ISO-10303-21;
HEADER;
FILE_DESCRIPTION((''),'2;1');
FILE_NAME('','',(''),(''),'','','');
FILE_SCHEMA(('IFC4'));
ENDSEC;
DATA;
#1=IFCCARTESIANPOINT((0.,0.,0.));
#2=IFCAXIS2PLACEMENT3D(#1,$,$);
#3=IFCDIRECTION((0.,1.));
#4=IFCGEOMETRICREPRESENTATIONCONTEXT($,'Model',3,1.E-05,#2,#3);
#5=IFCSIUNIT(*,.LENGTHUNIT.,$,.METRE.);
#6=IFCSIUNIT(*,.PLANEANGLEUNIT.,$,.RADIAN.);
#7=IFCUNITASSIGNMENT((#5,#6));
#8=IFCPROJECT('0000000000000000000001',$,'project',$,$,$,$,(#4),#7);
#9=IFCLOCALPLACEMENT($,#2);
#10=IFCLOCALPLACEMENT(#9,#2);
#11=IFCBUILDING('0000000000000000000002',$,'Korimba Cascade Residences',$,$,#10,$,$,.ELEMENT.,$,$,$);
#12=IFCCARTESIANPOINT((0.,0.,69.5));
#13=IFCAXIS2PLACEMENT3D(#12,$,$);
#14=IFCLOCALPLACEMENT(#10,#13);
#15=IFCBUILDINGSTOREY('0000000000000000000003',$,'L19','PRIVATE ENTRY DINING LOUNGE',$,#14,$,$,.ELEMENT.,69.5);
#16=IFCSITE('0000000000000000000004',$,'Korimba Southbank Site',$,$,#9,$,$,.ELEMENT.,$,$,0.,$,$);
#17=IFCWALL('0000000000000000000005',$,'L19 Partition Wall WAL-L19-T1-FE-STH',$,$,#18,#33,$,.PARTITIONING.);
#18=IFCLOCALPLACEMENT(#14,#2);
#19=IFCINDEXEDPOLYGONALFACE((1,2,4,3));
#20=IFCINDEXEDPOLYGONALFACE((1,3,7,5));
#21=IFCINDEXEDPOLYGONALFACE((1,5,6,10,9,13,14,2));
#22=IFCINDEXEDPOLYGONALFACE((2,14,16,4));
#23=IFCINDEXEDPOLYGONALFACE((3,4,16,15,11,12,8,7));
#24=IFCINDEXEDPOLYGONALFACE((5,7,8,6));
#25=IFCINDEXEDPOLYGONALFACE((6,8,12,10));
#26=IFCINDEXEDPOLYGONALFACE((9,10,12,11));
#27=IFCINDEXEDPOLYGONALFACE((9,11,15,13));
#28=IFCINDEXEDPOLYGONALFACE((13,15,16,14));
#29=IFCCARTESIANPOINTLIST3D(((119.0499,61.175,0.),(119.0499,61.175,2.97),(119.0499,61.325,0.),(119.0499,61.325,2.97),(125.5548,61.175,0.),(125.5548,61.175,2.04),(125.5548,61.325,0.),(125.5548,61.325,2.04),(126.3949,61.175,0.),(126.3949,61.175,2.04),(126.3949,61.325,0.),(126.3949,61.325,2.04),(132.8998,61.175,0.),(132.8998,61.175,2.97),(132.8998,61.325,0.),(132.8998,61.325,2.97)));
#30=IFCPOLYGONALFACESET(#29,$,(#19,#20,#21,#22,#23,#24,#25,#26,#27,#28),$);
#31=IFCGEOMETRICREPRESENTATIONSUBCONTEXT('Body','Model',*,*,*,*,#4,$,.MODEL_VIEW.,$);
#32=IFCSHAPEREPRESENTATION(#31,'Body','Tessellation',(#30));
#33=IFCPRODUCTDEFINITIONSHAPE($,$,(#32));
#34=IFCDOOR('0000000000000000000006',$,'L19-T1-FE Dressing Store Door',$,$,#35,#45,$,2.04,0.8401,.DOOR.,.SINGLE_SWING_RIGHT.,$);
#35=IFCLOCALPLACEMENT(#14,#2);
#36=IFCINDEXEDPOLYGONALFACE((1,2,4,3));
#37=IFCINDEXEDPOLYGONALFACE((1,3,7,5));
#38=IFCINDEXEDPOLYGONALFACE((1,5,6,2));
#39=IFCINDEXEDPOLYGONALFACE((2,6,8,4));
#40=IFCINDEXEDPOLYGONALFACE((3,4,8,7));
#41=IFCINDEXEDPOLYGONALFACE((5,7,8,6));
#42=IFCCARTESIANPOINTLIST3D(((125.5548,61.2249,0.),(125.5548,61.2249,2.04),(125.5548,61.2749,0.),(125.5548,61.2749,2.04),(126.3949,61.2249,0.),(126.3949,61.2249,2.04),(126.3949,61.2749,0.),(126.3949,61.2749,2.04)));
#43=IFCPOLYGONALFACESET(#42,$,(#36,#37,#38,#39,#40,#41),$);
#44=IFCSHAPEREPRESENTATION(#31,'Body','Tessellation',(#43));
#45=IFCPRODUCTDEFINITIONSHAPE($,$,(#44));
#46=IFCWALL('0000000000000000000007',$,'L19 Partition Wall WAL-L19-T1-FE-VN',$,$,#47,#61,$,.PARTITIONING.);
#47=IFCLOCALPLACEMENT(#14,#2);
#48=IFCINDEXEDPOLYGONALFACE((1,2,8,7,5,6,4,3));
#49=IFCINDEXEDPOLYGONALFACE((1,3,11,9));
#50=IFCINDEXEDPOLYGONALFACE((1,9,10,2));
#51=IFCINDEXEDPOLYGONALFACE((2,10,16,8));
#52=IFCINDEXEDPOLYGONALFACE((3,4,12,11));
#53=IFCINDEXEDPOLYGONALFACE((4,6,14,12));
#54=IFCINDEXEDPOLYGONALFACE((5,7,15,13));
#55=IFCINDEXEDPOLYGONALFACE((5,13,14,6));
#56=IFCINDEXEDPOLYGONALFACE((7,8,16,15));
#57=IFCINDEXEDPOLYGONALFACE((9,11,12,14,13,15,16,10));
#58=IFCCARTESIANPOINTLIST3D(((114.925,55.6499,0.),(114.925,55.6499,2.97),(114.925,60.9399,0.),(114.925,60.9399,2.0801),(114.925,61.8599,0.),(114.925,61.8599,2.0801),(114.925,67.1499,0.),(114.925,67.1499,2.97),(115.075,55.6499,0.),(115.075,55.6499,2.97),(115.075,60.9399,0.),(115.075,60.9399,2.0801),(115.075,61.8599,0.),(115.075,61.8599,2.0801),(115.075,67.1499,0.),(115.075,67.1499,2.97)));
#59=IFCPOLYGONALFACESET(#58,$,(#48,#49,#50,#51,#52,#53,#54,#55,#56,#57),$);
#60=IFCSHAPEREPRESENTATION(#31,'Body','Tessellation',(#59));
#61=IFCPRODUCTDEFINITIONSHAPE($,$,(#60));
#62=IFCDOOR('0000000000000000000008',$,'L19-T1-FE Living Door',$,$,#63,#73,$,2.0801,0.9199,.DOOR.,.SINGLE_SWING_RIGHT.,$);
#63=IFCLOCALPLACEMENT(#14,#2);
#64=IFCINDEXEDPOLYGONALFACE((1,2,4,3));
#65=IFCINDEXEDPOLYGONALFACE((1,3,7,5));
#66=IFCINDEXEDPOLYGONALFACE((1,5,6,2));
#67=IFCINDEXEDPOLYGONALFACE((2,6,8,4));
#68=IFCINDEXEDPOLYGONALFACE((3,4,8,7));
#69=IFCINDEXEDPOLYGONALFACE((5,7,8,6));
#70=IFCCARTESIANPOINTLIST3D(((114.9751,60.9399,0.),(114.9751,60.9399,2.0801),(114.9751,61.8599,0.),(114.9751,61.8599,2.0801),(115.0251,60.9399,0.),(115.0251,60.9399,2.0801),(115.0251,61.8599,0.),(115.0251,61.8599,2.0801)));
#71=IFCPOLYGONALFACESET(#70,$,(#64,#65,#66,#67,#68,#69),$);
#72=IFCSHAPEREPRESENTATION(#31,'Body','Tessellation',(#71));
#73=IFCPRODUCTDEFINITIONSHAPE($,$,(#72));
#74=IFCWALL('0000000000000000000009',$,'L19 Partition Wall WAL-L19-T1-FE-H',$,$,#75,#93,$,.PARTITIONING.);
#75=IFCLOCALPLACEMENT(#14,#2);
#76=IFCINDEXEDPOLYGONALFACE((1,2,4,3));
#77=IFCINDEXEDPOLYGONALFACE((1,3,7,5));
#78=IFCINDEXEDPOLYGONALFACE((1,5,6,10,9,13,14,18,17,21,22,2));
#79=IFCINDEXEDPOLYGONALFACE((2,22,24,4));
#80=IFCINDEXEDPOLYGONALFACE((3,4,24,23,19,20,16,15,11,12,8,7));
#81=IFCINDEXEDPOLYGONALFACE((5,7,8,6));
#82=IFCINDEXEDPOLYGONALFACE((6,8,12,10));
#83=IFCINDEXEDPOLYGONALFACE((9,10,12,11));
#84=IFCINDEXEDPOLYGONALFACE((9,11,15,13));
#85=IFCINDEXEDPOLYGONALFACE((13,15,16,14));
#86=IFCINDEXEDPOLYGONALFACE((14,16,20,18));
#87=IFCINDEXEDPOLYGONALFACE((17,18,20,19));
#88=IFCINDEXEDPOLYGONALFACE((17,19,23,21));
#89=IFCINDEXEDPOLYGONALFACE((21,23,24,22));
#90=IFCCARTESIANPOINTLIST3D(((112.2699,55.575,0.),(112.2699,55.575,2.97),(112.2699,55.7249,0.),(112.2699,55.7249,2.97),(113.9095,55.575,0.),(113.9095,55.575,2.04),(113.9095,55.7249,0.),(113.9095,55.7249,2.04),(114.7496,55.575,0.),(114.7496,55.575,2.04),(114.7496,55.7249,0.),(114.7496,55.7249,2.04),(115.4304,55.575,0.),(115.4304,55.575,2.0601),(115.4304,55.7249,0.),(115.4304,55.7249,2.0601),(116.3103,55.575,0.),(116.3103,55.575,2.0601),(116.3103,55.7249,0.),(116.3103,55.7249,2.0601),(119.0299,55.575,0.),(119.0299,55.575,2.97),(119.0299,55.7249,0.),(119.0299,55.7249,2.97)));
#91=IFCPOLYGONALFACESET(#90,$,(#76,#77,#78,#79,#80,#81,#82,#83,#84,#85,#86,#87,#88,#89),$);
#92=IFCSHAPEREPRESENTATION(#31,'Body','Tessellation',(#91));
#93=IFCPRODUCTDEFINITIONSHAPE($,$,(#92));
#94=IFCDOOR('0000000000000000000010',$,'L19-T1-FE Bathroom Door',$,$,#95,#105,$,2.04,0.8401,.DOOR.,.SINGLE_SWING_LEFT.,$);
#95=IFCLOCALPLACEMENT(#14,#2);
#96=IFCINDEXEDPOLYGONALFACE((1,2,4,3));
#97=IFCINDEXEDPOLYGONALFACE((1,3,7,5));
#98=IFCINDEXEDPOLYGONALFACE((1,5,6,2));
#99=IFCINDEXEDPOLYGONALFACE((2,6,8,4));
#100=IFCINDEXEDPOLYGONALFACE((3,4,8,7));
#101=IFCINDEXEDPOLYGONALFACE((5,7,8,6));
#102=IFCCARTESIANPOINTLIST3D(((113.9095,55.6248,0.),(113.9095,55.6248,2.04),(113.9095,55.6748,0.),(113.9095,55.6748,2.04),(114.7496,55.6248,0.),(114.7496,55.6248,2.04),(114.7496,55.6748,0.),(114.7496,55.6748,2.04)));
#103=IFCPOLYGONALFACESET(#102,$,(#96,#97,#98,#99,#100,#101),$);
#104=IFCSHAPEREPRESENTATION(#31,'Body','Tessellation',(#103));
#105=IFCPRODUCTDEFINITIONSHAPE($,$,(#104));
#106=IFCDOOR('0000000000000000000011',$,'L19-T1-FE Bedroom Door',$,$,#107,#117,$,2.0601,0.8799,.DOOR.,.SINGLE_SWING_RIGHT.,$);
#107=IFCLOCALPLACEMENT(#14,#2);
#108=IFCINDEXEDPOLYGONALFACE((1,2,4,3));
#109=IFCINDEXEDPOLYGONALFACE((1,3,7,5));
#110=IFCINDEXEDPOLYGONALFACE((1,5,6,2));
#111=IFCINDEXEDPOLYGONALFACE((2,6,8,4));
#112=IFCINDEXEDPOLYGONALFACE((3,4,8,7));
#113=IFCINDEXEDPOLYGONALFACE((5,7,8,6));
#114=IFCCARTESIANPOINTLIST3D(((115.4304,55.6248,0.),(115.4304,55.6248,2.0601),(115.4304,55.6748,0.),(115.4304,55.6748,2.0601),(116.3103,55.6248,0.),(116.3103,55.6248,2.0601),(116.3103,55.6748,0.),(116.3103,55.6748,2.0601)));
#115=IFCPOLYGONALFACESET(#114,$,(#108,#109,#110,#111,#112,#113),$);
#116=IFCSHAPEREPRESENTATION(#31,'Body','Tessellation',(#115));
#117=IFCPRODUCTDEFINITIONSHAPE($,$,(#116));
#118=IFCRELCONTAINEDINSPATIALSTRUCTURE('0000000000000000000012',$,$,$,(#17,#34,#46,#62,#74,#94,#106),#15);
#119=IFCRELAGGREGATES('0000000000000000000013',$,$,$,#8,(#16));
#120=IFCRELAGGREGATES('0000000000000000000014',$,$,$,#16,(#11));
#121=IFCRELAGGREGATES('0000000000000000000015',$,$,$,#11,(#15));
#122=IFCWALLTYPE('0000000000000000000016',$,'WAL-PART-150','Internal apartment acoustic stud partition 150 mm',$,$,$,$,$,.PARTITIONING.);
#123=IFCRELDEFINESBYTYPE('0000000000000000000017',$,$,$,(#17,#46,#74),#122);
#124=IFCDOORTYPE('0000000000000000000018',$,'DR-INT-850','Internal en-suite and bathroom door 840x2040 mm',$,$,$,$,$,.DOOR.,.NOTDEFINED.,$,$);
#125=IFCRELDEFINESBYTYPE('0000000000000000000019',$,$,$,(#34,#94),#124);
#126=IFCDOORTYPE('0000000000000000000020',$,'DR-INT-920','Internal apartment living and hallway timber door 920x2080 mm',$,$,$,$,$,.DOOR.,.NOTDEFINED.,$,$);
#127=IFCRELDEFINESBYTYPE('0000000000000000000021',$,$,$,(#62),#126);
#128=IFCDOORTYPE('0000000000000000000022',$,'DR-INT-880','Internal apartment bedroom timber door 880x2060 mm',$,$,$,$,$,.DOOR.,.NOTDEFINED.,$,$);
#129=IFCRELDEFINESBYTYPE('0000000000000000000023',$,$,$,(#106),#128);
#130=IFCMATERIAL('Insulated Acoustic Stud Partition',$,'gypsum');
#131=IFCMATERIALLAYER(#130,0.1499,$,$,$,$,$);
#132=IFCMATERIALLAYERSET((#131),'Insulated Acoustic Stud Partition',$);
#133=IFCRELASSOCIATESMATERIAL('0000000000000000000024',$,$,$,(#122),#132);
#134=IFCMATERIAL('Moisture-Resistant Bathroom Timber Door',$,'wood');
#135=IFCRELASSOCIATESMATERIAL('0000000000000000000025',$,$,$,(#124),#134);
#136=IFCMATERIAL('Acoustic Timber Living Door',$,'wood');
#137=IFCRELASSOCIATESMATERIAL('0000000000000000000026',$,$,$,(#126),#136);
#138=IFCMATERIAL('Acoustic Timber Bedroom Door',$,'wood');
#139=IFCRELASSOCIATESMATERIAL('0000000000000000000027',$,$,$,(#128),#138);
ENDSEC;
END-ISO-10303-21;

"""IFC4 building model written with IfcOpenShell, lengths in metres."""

from ifc_helpers import new_model, si_unit, direction, frame, frame_2d, origin, place, context, subcontext, project, spatial, rectangle, extrude, material, layer, layer_set, type_object, element, fill, save


model = new_model("IFC4")

# Units and contexts
model_context = context("Model", 3, precision=1e-05, world=origin(), true_north=direction((0.0, 1.0)))
body_context = subcontext(model_context, "Body", "Model", "MODEL_VIEW")
ifc_project = project(units=[si_unit("LENGTHUNIT", "METRE"), si_unit("PLANEANGLEUNIT", "RADIAN")], contexts=[model_context])

# Site, building, storey
site_placement = place(None, origin())
site = spatial("IfcSite", under=ifc_project, at=site_placement, Name="Korimba Southbank Site", CompositionType="ELEMENT", RefElevation=0.0)
building_placement = place(site_placement, origin())
building = spatial("IfcBuilding", under=site, at=building_placement, Name="Korimba Cascade Residences", CompositionType="ELEMENT")
storey_placement = place(building_placement, frame((0.0, 0.0, 69.5)))
storey = spatial("IfcBuildingStorey", under=building, at=storey_placement, Name="L19", Description="PRIVATE ENTRY DINING LOUNGE", CompositionType="ELEMENT", Elevation=69.5)

# Walls, openings, doors
ifc_material_1 = material(Name="Insulated Acoustic Stud Partition", Category="gypsum")
ifc_layer_1 = layer(ifc_material_1, 0.1499)
ifc_layer_set_1 = layer_set([ifc_layer_1], Name="Insulated Acoustic Stud Partition")
wall_type_1 = type_object("IfcWallType", Name="WAL-PART-150", Description="Internal apartment acoustic stud partition 150 mm", PredefinedType="PARTITIONING", material=ifc_layer_set_1)
wall_1_placement = place(storey_placement, frame((119.05, 61.25, 0.0), z_axis=(0.0, 0.0, 1.0), x_axis=(1.0, 0.0, 0.0)))
wall_1 = element("IfcWall", 1, at=wall_1_placement, inside=storey, type_object=wall_type_1, Name="L19 Partition Wall WAL-L19-T1-FE-STH", PredefinedType="PARTITIONING", context=body_context, shape_type="SweptSolid", body=[
    extrude(rectangle(XDim=13.8499, YDim=0.1499, at=frame_2d((6.9248, 0.0))), origin(), (0.0, 0.0, 1.0), 2.97),
])
opening_1_placement = place(wall_1_placement, frame((6.5049, 0.0, 0.0)))
opening_1 = element("IfcOpeningElement", 2, at=opening_1_placement, cuts=wall_1, PredefinedType="OPENING", context=body_context, shape_type="SweptSolid", body=[
    extrude(rectangle(XDim=0.8401, YDim=2.04, at=frame_2d((0.4199, 1.02))), frame((0.0, 0.085, 0.0), z_axis=(0.0, -1.0, 0.0), x_axis=(1.0, 0.0, 0.0)), (0.0, 0.0, 1.0), 0.1699),
])
ifc_material_2 = material(Name="Moisture-Resistant Bathroom Timber Door", Category="wood")
door_type_1 = type_object("IfcDoorType", Name="DR-INT-850", Description="Internal en-suite and bathroom door 840x2040 mm", OperationType="NOTDEFINED", PredefinedType="DOOR", material=ifc_material_2)
door_1_placement = place(opening_1_placement, origin())
door_1 = element("IfcDoor", 3, at=door_1_placement, inside=storey, type_object=door_type_1, Name="L19-T1-FE Dressing Store Door", OperationType="SINGLE_SWING_RIGHT", OverallHeight=2.04, OverallWidth=0.8401, PredefinedType="DOOR", context=body_context, shape_type="SweptSolid", body=[
    extrude(rectangle(XDim=0.8401, YDim=2.04, at=frame_2d((0.4199, 1.02))), frame((0.0, 0.0249, 0.0), z_axis=(0.0, -1.0, 0.0), x_axis=(1.0, 0.0, 0.0)), (0.0, 0.0, 1.0), 0.05),
])
fill(opening_1, door_1)
wall_2_placement = place(storey_placement, frame((115.0, 55.6499, 0.0), z_axis=(0.0, 0.0, 1.0), x_axis=(0.0, 1.0, 0.0)))
wall_2 = element("IfcWall", 4, at=wall_2_placement, inside=storey, type_object=wall_type_1, Name="L19 Partition Wall WAL-L19-T1-FE-VN", PredefinedType="PARTITIONING", context=body_context, shape_type="SweptSolid", body=[
    extrude(rectangle(XDim=11.5, YDim=0.1499, at=frame_2d((5.75, 0.0))), origin(), (0.0, 0.0, 1.0), 2.97),
])
opening_2_placement = place(wall_2_placement, frame((5.29, 0.0, 0.0)))
opening_2 = element("IfcOpeningElement", 5, at=opening_2_placement, cuts=wall_2, PredefinedType="OPENING", context=body_context, shape_type="SweptSolid", body=[
    extrude(rectangle(XDim=0.9199, YDim=2.0801, at=frame_2d((0.46, 1.04))), frame((0.0, 0.085, 0.0), z_axis=(0.0, -1.0, 0.0), x_axis=(1.0, 0.0, 0.0)), (0.0, 0.0, 1.0), 0.1699),
])
ifc_material_3 = material(Name="Acoustic Timber Living Door", Category="wood")
door_type_2 = type_object("IfcDoorType", Name="DR-INT-920", Description="Internal apartment living and hallway timber door 920x2080 mm", OperationType="NOTDEFINED", PredefinedType="DOOR", material=ifc_material_3)
door_2_placement = place(opening_2_placement, origin())
door_2 = element("IfcDoor", 6, at=door_2_placement, inside=storey, type_object=door_type_2, Name="L19-T1-FE Living Door", OperationType="SINGLE_SWING_RIGHT", OverallHeight=2.0801, OverallWidth=0.9199, PredefinedType="DOOR", context=body_context, shape_type="SweptSolid", body=[
    extrude(rectangle(XDim=0.9199, YDim=2.0801, at=frame_2d((0.46, 1.04))), frame((0.0, 0.0249, 0.0), z_axis=(0.0, -1.0, 0.0), x_axis=(1.0, 0.0, 0.0)), (0.0, 0.0, 1.0), 0.05),
])
fill(opening_2, door_2)

# Wall, openings, doors
wall_3_placement = place(storey_placement, frame((112.27, 55.6499, 0.0), z_axis=(0.0, 0.0, 1.0), x_axis=(1.0, 0.0, 0.0)))
wall_3 = element("IfcWall", 7, at=wall_3_placement, inside=storey, type_object=wall_type_1, Name="L19 Partition Wall WAL-L19-T1-FE-H", PredefinedType="PARTITIONING", context=body_context, shape_type="SweptSolid", body=[
    extrude(rectangle(XDim=6.76, YDim=0.1499, at=frame_2d((3.3799, 0.0))), origin(), (0.0, 0.0, 1.0), 2.97),
])
opening_3_placement = place(wall_3_placement, frame((1.6396, 0.0, 0.0)))
opening_3 = element("IfcOpeningElement", 8, at=opening_3_placement, cuts=wall_3, PredefinedType="OPENING", context=body_context, shape_type="SweptSolid", body=[
    extrude(rectangle(XDim=0.8401, YDim=2.04, at=frame_2d((0.4199, 1.02))), frame((0.0, 0.085, 0.0), z_axis=(0.0, -1.0, 0.0), x_axis=(1.0, 0.0, 0.0)), (0.0, 0.0, 1.0), 0.1699),
])
opening_4_placement = place(wall_3_placement, frame((3.1604, 0.0, 0.0)))
opening_4 = element("IfcOpeningElement", 9, at=opening_4_placement, cuts=wall_3, PredefinedType="OPENING", context=body_context, shape_type="SweptSolid", body=[
    extrude(rectangle(XDim=0.8799, YDim=2.0601, at=frame_2d((0.4399, 1.03))), frame((0.0, 0.085, 0.0), z_axis=(0.0, -1.0, 0.0), x_axis=(1.0, 0.0, 0.0)), (0.0, 0.0, 1.0), 0.1699),
])
door_3_placement = place(opening_3_placement, origin())
door_3 = element("IfcDoor", 10, at=door_3_placement, inside=storey, type_object=door_type_1, Name="L19-T1-FE Bathroom Door", OperationType="SINGLE_SWING_LEFT", OverallHeight=2.04, OverallWidth=0.8401, PredefinedType="DOOR", context=body_context, shape_type="SweptSolid", body=[
    extrude(rectangle(XDim=0.8401, YDim=2.04, at=frame_2d((0.4199, 1.02))), frame((0.0, 0.0249, 0.0), z_axis=(0.0, -1.0, 0.0), x_axis=(1.0, 0.0, 0.0)), (0.0, 0.0, 1.0), 0.05),
])
fill(opening_3, door_3)
ifc_material_4 = material(Name="Acoustic Timber Bedroom Door", Category="wood")
door_type_3 = type_object("IfcDoorType", Name="DR-INT-880", Description="Internal apartment bedroom timber door 880x2060 mm", OperationType="NOTDEFINED", PredefinedType="DOOR", material=ifc_material_4)
door_4_placement = place(opening_4_placement, origin())
door_4 = element("IfcDoor", 11, at=door_4_placement, inside=storey, type_object=door_type_3, Name="L19-T1-FE Bedroom Door", OperationType="SINGLE_SWING_RIGHT", OverallHeight=2.0601, OverallWidth=0.8799, PredefinedType="DOOR", context=body_context, shape_type="SweptSolid", body=[
    extrude(rectangle(XDim=0.8799, YDim=2.0601, at=frame_2d((0.4399, 1.03))), frame((0.0, 0.0249, 0.0), z_axis=(0.0, -1.0, 0.0), x_axis=(1.0, 0.0, 0.0)), (0.0, 0.0, 1.0), 0.05),
])
fill(opening_4, door_4)

save(model, "model.ifc")
